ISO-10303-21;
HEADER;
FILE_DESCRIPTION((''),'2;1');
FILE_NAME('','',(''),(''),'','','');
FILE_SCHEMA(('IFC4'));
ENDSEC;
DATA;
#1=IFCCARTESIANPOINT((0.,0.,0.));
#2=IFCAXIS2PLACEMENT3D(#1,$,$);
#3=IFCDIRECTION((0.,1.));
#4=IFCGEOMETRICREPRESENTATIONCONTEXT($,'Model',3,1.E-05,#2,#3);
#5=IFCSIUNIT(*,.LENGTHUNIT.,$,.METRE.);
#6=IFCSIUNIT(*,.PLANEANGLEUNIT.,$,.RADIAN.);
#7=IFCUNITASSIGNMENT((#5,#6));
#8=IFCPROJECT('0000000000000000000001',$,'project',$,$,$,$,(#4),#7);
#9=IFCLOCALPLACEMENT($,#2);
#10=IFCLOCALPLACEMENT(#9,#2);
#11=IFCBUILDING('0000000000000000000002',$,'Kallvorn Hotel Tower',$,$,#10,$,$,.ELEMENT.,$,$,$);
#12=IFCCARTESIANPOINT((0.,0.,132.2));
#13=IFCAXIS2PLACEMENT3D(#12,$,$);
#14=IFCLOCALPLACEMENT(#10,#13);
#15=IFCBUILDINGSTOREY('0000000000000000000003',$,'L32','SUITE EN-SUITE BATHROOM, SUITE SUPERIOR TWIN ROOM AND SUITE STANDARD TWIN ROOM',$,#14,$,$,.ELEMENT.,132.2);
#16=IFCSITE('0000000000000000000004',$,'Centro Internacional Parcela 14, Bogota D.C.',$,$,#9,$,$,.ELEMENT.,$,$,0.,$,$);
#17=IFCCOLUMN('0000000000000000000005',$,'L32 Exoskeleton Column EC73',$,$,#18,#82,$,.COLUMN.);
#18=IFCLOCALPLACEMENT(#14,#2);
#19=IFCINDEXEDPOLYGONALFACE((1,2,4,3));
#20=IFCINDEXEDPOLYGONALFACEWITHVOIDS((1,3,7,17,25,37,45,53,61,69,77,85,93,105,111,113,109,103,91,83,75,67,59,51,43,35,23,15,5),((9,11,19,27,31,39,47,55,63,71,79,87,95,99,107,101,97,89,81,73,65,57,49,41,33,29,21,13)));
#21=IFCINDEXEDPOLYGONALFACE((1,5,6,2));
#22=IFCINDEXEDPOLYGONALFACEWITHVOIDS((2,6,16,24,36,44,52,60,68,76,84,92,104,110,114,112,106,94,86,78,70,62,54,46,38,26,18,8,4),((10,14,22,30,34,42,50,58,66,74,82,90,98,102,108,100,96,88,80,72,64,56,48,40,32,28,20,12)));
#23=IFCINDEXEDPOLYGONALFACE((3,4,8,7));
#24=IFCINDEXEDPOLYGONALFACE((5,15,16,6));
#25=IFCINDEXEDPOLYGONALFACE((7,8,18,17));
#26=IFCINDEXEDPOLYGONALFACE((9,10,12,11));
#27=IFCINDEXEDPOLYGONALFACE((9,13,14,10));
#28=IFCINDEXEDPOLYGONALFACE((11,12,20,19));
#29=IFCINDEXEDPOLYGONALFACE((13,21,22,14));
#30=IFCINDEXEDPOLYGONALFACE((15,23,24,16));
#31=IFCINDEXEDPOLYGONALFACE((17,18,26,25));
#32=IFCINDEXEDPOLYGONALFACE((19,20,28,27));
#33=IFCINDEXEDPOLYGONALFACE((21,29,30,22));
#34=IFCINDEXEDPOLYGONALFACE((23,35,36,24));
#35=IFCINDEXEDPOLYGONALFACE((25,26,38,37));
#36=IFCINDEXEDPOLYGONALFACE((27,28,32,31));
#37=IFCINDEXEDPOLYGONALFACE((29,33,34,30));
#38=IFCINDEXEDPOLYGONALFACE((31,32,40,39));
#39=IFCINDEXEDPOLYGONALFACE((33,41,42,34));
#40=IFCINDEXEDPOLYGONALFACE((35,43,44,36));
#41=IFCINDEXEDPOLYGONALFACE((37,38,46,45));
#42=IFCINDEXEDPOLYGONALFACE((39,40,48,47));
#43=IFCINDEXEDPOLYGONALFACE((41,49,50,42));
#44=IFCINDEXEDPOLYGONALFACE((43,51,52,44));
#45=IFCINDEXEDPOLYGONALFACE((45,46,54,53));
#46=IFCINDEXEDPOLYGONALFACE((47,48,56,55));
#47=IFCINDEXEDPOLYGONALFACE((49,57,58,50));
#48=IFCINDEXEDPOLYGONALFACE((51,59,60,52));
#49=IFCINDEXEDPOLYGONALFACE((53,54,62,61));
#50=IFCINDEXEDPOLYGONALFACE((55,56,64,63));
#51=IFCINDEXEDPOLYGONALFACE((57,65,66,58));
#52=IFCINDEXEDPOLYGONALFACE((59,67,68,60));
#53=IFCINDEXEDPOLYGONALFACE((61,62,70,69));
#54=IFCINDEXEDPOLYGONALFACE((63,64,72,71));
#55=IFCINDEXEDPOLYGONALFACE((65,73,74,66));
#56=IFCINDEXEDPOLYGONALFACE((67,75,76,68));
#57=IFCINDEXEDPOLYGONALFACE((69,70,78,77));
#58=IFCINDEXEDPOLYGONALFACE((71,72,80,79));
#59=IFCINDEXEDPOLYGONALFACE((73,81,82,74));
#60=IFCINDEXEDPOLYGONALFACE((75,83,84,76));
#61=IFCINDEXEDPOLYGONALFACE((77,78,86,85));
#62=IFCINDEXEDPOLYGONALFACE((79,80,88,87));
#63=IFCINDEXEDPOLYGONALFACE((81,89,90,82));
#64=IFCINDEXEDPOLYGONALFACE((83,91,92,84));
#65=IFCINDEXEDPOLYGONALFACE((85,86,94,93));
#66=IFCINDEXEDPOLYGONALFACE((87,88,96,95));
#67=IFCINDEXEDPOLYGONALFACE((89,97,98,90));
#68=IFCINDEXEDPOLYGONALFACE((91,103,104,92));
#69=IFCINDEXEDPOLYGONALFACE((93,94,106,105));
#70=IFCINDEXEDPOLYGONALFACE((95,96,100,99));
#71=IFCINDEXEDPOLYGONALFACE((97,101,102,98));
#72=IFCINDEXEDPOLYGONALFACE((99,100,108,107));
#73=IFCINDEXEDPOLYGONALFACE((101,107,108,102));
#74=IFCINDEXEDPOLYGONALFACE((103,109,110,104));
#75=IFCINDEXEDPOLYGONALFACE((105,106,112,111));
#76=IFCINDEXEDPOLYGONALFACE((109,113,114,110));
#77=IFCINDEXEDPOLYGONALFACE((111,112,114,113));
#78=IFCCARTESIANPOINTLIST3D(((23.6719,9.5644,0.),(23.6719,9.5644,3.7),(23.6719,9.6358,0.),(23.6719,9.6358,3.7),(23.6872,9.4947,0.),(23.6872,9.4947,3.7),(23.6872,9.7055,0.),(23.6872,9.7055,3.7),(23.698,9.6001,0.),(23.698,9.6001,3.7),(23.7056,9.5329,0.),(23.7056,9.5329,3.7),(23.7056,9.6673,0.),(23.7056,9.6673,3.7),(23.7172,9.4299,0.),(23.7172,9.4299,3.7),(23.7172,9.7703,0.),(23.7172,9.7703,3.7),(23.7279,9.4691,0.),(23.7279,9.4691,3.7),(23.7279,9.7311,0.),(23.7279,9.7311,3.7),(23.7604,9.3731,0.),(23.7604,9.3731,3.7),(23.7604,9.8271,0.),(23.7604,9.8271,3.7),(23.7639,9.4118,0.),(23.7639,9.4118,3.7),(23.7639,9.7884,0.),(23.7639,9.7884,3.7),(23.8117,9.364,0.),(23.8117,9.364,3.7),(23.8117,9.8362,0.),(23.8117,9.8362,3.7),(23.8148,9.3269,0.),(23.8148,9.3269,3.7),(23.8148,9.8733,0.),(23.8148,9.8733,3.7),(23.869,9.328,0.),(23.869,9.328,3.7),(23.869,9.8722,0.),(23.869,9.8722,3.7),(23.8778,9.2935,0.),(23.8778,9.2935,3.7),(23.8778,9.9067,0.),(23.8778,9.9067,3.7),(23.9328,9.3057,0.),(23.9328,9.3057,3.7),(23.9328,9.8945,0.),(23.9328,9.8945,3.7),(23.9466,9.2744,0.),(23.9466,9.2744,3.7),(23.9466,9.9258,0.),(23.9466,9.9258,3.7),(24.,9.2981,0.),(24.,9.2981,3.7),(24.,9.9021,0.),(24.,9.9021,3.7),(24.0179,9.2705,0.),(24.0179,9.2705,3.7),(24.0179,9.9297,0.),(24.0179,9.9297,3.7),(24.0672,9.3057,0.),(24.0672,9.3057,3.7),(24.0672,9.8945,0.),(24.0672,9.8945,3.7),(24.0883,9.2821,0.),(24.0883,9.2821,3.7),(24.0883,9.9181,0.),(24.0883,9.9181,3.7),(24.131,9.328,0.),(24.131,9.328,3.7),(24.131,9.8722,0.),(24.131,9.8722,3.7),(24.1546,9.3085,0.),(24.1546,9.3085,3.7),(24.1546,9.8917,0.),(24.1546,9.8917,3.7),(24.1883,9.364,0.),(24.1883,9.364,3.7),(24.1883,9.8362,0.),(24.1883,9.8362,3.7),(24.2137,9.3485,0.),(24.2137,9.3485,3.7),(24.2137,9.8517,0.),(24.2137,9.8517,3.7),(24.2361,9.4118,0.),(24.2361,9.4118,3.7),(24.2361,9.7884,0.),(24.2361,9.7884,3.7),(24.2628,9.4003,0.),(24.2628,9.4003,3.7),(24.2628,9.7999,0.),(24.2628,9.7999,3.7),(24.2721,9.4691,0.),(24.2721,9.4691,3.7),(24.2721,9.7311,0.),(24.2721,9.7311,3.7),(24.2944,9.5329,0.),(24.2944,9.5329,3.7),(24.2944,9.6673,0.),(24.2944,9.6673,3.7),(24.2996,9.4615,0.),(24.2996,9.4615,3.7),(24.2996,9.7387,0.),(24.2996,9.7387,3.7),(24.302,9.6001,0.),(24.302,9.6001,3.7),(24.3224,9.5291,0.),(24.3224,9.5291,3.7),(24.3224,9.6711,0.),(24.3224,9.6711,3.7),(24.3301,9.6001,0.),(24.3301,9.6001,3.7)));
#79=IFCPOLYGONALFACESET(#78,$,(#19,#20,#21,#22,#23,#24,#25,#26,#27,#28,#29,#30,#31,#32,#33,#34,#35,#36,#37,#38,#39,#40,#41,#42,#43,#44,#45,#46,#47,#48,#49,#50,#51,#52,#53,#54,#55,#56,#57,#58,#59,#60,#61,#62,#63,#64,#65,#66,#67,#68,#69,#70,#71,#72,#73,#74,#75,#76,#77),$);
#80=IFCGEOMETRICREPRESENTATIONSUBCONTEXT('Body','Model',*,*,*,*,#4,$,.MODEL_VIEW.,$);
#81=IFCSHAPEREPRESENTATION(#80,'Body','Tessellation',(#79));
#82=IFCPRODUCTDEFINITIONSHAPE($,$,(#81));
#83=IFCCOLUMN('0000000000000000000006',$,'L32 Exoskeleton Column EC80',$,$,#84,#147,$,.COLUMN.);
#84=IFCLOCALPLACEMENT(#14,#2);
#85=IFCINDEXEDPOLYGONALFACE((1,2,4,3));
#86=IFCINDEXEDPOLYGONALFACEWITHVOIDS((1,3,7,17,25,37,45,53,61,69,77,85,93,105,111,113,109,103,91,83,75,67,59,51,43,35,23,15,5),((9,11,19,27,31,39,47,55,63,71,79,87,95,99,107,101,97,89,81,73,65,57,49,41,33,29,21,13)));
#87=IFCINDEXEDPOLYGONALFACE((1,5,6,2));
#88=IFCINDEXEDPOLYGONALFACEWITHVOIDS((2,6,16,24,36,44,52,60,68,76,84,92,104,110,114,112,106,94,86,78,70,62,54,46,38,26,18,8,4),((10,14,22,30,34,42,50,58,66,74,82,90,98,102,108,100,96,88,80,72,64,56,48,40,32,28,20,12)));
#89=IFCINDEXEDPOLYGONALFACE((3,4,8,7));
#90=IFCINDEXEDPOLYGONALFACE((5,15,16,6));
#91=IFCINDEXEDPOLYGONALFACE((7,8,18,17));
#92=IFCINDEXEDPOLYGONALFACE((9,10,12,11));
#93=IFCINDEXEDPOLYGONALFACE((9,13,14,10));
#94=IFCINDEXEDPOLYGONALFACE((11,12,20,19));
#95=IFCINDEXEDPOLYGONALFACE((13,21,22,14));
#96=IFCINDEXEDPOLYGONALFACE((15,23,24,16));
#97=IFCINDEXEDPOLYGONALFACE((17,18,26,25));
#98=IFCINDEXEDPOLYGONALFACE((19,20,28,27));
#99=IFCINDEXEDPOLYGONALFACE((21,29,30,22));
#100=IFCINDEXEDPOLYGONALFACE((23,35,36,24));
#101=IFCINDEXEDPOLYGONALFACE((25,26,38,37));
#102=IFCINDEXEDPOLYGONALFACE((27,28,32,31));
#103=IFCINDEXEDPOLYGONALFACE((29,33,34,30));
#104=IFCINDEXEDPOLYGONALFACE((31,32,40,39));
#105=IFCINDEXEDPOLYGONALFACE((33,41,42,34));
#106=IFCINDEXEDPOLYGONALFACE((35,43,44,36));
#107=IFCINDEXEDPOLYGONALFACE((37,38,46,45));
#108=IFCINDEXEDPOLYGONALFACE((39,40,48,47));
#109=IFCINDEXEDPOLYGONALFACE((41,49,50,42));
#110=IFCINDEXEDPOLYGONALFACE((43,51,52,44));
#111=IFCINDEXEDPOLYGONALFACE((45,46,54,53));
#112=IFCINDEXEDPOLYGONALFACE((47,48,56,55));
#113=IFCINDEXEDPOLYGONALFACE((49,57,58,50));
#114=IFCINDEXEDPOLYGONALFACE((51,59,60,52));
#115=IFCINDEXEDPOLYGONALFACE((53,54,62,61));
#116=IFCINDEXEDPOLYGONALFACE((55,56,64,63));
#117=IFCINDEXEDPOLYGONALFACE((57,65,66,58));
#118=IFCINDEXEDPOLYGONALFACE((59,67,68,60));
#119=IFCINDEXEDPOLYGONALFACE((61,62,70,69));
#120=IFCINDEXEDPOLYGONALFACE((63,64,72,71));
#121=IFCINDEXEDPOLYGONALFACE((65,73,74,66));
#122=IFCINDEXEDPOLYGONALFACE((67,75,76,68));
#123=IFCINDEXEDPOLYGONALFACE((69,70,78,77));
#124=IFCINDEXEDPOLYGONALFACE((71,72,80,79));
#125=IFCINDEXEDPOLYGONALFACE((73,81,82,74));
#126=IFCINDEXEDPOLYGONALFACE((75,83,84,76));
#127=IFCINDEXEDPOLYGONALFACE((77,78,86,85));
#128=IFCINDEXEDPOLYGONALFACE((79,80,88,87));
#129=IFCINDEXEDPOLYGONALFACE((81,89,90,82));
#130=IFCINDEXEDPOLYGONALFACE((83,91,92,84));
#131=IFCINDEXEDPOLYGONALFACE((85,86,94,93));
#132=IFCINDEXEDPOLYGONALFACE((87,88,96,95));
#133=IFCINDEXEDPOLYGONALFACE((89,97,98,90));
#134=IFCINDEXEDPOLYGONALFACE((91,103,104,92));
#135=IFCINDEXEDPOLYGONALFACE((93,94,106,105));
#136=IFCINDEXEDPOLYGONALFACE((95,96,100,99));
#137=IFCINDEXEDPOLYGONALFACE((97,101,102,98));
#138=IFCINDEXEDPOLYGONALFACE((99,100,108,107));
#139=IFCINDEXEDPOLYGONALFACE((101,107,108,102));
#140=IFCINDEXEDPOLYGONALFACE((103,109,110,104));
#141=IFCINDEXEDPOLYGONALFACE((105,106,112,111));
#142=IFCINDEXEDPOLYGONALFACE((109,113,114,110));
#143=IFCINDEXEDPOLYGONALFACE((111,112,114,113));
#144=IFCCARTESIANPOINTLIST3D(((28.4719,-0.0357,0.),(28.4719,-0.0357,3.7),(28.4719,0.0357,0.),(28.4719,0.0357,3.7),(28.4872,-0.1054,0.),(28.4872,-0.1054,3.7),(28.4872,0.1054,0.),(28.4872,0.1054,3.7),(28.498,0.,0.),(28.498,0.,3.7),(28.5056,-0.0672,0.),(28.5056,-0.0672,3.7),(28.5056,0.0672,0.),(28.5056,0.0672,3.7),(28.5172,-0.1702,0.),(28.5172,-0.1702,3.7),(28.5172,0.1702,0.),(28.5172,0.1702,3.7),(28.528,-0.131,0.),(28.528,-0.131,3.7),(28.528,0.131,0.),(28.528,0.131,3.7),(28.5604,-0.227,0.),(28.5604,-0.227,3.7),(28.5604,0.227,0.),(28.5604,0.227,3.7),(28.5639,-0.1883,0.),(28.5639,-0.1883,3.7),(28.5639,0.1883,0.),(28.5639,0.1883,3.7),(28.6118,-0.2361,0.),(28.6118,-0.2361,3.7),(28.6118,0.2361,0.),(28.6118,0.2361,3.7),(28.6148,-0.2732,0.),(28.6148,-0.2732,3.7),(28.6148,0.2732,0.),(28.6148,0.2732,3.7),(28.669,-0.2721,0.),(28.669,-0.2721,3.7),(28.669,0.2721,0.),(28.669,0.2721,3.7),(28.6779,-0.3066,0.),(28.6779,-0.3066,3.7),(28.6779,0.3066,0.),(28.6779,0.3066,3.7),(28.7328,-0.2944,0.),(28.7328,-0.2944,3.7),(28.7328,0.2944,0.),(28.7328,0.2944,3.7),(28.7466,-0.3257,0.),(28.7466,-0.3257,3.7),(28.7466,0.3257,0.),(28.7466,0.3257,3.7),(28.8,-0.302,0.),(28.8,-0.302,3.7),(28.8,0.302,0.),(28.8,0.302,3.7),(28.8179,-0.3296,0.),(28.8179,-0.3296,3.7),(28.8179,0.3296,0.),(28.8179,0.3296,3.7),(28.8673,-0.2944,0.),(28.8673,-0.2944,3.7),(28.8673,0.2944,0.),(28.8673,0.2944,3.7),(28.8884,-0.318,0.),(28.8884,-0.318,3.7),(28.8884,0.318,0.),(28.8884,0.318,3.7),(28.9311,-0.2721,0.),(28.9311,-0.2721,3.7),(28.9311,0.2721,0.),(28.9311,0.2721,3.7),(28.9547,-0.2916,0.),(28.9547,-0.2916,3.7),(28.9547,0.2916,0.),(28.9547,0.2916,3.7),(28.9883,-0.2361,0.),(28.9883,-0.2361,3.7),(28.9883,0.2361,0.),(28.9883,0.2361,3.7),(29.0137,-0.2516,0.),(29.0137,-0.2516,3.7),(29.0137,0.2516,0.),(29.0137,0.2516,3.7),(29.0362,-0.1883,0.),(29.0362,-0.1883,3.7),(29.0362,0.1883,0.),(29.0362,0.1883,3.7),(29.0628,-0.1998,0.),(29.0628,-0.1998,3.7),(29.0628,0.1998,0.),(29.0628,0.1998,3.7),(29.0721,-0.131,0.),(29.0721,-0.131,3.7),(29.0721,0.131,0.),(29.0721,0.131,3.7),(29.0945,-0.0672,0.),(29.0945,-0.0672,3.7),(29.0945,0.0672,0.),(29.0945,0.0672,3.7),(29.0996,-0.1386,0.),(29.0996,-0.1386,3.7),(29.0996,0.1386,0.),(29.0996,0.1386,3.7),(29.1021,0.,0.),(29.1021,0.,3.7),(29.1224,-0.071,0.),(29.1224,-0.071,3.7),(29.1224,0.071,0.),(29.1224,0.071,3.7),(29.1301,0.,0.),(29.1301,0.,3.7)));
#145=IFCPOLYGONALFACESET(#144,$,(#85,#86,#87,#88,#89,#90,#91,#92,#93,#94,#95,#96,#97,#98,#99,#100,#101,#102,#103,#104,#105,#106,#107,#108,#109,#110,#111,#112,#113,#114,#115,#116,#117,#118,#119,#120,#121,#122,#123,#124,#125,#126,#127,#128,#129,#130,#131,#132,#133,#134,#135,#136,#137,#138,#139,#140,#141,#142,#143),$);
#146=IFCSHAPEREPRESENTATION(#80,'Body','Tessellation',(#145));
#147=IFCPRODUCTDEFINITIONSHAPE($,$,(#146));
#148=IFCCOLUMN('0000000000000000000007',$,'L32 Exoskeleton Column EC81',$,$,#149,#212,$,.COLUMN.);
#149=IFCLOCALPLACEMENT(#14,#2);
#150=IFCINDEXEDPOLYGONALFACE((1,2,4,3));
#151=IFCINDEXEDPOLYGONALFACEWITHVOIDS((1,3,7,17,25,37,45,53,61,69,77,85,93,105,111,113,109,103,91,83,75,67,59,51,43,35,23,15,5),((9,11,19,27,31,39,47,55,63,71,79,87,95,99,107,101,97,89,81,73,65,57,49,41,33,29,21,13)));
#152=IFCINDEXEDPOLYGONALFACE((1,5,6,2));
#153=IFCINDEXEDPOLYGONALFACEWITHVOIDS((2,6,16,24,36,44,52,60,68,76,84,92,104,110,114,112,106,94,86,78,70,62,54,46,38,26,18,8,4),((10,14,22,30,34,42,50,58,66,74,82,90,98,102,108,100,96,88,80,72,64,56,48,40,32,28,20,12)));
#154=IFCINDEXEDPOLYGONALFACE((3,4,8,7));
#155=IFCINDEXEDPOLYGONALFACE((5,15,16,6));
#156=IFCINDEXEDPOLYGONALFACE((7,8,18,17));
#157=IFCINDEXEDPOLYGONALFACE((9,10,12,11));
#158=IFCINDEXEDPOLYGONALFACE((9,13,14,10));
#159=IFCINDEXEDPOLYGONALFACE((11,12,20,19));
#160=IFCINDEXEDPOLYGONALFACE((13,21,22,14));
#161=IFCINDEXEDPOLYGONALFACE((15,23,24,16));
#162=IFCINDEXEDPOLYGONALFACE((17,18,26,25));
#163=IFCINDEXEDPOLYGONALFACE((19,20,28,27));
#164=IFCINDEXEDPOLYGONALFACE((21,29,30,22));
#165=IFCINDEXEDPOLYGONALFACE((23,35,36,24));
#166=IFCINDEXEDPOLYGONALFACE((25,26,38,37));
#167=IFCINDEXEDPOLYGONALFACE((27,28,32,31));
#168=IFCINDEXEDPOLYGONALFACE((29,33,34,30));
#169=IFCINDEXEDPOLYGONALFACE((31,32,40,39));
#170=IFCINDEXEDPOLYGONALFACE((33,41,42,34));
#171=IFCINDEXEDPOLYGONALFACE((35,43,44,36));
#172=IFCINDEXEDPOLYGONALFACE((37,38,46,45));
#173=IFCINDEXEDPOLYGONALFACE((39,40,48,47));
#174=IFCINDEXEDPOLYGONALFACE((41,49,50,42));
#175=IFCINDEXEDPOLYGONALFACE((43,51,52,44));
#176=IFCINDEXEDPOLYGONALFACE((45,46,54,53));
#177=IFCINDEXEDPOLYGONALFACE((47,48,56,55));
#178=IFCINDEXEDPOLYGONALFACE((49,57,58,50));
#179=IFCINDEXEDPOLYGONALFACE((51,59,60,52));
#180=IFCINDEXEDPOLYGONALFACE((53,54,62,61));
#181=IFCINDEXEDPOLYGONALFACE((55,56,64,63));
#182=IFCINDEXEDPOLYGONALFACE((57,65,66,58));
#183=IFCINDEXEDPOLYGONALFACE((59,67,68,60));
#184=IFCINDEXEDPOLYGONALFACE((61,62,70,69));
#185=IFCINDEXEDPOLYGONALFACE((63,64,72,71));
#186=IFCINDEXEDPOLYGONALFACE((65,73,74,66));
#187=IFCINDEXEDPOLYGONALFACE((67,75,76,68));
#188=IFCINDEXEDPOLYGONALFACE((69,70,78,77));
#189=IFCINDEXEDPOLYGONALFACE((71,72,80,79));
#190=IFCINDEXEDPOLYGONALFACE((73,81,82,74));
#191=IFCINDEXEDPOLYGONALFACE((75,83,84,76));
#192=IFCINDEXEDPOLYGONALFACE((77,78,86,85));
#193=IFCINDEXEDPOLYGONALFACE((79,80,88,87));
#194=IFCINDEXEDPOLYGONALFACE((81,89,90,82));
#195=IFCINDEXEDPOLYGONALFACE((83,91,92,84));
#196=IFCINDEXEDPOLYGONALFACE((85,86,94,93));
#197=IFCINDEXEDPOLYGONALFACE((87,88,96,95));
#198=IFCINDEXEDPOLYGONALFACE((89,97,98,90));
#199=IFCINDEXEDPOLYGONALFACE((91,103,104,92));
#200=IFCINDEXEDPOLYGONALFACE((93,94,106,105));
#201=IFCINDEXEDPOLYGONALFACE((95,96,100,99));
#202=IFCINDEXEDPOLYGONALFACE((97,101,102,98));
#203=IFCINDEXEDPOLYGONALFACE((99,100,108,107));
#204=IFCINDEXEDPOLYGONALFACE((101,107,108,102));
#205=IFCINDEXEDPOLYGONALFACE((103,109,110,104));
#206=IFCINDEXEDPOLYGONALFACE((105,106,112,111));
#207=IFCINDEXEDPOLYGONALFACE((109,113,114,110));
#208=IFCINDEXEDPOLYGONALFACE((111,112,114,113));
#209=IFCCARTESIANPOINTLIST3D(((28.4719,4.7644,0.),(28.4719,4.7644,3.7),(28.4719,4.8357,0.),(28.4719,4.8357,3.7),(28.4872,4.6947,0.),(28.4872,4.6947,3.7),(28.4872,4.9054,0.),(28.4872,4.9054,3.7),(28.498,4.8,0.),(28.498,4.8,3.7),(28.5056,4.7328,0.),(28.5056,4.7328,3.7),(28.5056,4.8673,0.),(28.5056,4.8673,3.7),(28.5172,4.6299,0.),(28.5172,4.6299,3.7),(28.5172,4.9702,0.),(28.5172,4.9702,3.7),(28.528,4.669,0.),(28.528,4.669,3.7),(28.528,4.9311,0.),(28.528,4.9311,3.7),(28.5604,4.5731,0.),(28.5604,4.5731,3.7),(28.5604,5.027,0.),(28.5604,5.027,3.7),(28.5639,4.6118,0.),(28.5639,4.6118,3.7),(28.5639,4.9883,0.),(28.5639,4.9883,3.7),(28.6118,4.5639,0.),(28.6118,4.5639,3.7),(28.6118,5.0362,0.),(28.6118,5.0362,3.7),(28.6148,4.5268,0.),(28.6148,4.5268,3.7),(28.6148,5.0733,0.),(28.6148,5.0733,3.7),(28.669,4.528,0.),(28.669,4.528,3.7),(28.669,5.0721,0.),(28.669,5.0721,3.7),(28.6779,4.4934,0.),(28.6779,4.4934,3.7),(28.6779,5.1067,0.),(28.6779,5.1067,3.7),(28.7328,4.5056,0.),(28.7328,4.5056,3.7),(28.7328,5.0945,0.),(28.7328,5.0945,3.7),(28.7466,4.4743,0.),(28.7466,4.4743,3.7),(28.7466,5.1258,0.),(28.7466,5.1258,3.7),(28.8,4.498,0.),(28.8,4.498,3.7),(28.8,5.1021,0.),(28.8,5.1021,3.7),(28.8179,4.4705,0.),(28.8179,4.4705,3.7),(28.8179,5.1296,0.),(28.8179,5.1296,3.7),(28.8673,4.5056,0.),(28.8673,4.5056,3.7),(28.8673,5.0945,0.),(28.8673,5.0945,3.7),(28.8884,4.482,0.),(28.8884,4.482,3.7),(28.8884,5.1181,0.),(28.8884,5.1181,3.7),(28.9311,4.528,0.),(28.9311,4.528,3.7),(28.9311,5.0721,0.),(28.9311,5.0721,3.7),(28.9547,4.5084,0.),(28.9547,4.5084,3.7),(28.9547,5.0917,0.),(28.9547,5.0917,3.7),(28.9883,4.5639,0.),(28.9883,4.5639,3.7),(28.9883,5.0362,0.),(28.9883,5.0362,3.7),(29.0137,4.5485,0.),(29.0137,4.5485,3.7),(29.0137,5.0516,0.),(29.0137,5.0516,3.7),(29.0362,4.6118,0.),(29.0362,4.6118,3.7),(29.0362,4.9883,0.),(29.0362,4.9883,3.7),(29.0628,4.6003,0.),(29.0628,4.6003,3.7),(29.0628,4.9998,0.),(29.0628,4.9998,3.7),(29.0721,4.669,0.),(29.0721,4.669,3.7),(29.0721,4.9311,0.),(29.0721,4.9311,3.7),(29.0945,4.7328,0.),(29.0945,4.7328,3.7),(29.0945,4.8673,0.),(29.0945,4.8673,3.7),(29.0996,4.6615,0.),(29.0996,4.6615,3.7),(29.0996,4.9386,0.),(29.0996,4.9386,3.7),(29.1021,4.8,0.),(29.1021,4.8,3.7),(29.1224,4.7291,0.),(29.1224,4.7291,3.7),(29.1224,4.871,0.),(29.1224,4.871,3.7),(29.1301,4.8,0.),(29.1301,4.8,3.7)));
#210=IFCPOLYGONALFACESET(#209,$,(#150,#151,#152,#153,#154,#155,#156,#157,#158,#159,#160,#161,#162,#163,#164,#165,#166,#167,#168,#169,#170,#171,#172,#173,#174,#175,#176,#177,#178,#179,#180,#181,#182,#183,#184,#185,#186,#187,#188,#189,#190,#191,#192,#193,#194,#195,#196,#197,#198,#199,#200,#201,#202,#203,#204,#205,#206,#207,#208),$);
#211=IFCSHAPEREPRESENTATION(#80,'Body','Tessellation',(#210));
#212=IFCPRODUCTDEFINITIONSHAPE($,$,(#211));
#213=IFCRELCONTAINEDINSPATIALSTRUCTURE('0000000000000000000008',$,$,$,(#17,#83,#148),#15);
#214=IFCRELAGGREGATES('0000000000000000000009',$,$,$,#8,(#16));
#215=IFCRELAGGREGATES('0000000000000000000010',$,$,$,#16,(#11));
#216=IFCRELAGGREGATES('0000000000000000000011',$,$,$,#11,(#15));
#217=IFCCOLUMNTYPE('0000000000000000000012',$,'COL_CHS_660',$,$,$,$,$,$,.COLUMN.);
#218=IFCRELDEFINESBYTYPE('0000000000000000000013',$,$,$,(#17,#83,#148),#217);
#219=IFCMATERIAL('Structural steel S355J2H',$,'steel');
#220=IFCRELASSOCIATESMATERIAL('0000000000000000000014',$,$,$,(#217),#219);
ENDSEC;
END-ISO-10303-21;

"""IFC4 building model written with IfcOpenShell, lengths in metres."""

from ifc_helpers import new_model, si_unit, direction, frame, origin, origin_2d, place, context, subcontext, project, spatial, hollow_circle, extrude, material, material_profile, profile_set, type_object, element, save


model = new_model("IFC4")

# Units and contexts
model_context = context("Model", 3, precision=1e-05, world=origin(), true_north=direction((0.0, 1.0)))
body_context = subcontext(model_context, "Body", "Model", "MODEL_VIEW")
ifc_project = project(units=[si_unit("LENGTHUNIT", "METRE"), si_unit("PLANEANGLEUNIT", "RADIAN")], contexts=[model_context])

# Site, building, storey
site_placement = place(None, origin())
site = spatial("IfcSite", under=ifc_project, at=site_placement, Name="Centro Internacional Parcela 14, Bogota D.C.", CompositionType="ELEMENT", RefElevation=0.0)
building_placement = place(site_placement, origin())
building = spatial("IfcBuilding", under=site, at=building_placement, Name="Kallvorn Hotel Tower", CompositionType="ELEMENT")
storey_placement = place(building_placement, frame((0.0, 0.0, 132.2)))
storey = spatial("IfcBuildingStorey", under=building, at=storey_placement, Name="L32", Description="SUITE EN-SUITE BATHROOM, SUITE SUPERIOR TWIN ROOM AND SUITE STANDARD TWIN ROOM", CompositionType="ELEMENT", Elevation=132.2)

# Columns
ifc_material_1 = material(Name="Structural steel S355J2H", Category="steel")
ifc_material_profile_1 = material_profile(ifc_material_1, hollow_circle(Radius=0.3301, WallThickness=0.0281, at=origin_2d()), Name="CHS 660x28")
ifc_profile_set_1 = profile_set([ifc_material_profile_1], Name="Structural steel S355J2H")
column_type_1 = type_object("IfcColumnType", Name="COL_CHS_660", PredefinedType="COLUMN", material=ifc_profile_set_1)
for number, where, z_axis, x_axis, name in (
    (1, (24.0, 9.6001, 0.0), (0.0, 0.0, 1.0), (1.0, 0.0, 0.0), "L32 Exoskeleton Column EC73"),
    (2, (28.8, 0.0, 0.0), (0.0, 0.0, 1.0), (1.0, 0.0, 0.0), "L32 Exoskeleton Column EC80"),
    (3, (28.8, 4.8, 0.0), (0.0, 0.0, 1.0), (1.0, 0.0, 0.0), "L32 Exoskeleton Column EC81"),
):
    element("IfcColumn", number, at=place(storey_placement, frame(where, z_axis=z_axis, x_axis=x_axis)), inside=storey, type_object=column_type_1, Name=name, PredefinedType="COLUMN", context=body_context, shape_type="SweptSolid", body=[
        extrude(hollow_circle(Radius=0.3301, WallThickness=0.0281, at=origin_2d()), origin(), (0.0, 0.0, 1.0), 3.7),
    ])

save(model, "model.ifc")
